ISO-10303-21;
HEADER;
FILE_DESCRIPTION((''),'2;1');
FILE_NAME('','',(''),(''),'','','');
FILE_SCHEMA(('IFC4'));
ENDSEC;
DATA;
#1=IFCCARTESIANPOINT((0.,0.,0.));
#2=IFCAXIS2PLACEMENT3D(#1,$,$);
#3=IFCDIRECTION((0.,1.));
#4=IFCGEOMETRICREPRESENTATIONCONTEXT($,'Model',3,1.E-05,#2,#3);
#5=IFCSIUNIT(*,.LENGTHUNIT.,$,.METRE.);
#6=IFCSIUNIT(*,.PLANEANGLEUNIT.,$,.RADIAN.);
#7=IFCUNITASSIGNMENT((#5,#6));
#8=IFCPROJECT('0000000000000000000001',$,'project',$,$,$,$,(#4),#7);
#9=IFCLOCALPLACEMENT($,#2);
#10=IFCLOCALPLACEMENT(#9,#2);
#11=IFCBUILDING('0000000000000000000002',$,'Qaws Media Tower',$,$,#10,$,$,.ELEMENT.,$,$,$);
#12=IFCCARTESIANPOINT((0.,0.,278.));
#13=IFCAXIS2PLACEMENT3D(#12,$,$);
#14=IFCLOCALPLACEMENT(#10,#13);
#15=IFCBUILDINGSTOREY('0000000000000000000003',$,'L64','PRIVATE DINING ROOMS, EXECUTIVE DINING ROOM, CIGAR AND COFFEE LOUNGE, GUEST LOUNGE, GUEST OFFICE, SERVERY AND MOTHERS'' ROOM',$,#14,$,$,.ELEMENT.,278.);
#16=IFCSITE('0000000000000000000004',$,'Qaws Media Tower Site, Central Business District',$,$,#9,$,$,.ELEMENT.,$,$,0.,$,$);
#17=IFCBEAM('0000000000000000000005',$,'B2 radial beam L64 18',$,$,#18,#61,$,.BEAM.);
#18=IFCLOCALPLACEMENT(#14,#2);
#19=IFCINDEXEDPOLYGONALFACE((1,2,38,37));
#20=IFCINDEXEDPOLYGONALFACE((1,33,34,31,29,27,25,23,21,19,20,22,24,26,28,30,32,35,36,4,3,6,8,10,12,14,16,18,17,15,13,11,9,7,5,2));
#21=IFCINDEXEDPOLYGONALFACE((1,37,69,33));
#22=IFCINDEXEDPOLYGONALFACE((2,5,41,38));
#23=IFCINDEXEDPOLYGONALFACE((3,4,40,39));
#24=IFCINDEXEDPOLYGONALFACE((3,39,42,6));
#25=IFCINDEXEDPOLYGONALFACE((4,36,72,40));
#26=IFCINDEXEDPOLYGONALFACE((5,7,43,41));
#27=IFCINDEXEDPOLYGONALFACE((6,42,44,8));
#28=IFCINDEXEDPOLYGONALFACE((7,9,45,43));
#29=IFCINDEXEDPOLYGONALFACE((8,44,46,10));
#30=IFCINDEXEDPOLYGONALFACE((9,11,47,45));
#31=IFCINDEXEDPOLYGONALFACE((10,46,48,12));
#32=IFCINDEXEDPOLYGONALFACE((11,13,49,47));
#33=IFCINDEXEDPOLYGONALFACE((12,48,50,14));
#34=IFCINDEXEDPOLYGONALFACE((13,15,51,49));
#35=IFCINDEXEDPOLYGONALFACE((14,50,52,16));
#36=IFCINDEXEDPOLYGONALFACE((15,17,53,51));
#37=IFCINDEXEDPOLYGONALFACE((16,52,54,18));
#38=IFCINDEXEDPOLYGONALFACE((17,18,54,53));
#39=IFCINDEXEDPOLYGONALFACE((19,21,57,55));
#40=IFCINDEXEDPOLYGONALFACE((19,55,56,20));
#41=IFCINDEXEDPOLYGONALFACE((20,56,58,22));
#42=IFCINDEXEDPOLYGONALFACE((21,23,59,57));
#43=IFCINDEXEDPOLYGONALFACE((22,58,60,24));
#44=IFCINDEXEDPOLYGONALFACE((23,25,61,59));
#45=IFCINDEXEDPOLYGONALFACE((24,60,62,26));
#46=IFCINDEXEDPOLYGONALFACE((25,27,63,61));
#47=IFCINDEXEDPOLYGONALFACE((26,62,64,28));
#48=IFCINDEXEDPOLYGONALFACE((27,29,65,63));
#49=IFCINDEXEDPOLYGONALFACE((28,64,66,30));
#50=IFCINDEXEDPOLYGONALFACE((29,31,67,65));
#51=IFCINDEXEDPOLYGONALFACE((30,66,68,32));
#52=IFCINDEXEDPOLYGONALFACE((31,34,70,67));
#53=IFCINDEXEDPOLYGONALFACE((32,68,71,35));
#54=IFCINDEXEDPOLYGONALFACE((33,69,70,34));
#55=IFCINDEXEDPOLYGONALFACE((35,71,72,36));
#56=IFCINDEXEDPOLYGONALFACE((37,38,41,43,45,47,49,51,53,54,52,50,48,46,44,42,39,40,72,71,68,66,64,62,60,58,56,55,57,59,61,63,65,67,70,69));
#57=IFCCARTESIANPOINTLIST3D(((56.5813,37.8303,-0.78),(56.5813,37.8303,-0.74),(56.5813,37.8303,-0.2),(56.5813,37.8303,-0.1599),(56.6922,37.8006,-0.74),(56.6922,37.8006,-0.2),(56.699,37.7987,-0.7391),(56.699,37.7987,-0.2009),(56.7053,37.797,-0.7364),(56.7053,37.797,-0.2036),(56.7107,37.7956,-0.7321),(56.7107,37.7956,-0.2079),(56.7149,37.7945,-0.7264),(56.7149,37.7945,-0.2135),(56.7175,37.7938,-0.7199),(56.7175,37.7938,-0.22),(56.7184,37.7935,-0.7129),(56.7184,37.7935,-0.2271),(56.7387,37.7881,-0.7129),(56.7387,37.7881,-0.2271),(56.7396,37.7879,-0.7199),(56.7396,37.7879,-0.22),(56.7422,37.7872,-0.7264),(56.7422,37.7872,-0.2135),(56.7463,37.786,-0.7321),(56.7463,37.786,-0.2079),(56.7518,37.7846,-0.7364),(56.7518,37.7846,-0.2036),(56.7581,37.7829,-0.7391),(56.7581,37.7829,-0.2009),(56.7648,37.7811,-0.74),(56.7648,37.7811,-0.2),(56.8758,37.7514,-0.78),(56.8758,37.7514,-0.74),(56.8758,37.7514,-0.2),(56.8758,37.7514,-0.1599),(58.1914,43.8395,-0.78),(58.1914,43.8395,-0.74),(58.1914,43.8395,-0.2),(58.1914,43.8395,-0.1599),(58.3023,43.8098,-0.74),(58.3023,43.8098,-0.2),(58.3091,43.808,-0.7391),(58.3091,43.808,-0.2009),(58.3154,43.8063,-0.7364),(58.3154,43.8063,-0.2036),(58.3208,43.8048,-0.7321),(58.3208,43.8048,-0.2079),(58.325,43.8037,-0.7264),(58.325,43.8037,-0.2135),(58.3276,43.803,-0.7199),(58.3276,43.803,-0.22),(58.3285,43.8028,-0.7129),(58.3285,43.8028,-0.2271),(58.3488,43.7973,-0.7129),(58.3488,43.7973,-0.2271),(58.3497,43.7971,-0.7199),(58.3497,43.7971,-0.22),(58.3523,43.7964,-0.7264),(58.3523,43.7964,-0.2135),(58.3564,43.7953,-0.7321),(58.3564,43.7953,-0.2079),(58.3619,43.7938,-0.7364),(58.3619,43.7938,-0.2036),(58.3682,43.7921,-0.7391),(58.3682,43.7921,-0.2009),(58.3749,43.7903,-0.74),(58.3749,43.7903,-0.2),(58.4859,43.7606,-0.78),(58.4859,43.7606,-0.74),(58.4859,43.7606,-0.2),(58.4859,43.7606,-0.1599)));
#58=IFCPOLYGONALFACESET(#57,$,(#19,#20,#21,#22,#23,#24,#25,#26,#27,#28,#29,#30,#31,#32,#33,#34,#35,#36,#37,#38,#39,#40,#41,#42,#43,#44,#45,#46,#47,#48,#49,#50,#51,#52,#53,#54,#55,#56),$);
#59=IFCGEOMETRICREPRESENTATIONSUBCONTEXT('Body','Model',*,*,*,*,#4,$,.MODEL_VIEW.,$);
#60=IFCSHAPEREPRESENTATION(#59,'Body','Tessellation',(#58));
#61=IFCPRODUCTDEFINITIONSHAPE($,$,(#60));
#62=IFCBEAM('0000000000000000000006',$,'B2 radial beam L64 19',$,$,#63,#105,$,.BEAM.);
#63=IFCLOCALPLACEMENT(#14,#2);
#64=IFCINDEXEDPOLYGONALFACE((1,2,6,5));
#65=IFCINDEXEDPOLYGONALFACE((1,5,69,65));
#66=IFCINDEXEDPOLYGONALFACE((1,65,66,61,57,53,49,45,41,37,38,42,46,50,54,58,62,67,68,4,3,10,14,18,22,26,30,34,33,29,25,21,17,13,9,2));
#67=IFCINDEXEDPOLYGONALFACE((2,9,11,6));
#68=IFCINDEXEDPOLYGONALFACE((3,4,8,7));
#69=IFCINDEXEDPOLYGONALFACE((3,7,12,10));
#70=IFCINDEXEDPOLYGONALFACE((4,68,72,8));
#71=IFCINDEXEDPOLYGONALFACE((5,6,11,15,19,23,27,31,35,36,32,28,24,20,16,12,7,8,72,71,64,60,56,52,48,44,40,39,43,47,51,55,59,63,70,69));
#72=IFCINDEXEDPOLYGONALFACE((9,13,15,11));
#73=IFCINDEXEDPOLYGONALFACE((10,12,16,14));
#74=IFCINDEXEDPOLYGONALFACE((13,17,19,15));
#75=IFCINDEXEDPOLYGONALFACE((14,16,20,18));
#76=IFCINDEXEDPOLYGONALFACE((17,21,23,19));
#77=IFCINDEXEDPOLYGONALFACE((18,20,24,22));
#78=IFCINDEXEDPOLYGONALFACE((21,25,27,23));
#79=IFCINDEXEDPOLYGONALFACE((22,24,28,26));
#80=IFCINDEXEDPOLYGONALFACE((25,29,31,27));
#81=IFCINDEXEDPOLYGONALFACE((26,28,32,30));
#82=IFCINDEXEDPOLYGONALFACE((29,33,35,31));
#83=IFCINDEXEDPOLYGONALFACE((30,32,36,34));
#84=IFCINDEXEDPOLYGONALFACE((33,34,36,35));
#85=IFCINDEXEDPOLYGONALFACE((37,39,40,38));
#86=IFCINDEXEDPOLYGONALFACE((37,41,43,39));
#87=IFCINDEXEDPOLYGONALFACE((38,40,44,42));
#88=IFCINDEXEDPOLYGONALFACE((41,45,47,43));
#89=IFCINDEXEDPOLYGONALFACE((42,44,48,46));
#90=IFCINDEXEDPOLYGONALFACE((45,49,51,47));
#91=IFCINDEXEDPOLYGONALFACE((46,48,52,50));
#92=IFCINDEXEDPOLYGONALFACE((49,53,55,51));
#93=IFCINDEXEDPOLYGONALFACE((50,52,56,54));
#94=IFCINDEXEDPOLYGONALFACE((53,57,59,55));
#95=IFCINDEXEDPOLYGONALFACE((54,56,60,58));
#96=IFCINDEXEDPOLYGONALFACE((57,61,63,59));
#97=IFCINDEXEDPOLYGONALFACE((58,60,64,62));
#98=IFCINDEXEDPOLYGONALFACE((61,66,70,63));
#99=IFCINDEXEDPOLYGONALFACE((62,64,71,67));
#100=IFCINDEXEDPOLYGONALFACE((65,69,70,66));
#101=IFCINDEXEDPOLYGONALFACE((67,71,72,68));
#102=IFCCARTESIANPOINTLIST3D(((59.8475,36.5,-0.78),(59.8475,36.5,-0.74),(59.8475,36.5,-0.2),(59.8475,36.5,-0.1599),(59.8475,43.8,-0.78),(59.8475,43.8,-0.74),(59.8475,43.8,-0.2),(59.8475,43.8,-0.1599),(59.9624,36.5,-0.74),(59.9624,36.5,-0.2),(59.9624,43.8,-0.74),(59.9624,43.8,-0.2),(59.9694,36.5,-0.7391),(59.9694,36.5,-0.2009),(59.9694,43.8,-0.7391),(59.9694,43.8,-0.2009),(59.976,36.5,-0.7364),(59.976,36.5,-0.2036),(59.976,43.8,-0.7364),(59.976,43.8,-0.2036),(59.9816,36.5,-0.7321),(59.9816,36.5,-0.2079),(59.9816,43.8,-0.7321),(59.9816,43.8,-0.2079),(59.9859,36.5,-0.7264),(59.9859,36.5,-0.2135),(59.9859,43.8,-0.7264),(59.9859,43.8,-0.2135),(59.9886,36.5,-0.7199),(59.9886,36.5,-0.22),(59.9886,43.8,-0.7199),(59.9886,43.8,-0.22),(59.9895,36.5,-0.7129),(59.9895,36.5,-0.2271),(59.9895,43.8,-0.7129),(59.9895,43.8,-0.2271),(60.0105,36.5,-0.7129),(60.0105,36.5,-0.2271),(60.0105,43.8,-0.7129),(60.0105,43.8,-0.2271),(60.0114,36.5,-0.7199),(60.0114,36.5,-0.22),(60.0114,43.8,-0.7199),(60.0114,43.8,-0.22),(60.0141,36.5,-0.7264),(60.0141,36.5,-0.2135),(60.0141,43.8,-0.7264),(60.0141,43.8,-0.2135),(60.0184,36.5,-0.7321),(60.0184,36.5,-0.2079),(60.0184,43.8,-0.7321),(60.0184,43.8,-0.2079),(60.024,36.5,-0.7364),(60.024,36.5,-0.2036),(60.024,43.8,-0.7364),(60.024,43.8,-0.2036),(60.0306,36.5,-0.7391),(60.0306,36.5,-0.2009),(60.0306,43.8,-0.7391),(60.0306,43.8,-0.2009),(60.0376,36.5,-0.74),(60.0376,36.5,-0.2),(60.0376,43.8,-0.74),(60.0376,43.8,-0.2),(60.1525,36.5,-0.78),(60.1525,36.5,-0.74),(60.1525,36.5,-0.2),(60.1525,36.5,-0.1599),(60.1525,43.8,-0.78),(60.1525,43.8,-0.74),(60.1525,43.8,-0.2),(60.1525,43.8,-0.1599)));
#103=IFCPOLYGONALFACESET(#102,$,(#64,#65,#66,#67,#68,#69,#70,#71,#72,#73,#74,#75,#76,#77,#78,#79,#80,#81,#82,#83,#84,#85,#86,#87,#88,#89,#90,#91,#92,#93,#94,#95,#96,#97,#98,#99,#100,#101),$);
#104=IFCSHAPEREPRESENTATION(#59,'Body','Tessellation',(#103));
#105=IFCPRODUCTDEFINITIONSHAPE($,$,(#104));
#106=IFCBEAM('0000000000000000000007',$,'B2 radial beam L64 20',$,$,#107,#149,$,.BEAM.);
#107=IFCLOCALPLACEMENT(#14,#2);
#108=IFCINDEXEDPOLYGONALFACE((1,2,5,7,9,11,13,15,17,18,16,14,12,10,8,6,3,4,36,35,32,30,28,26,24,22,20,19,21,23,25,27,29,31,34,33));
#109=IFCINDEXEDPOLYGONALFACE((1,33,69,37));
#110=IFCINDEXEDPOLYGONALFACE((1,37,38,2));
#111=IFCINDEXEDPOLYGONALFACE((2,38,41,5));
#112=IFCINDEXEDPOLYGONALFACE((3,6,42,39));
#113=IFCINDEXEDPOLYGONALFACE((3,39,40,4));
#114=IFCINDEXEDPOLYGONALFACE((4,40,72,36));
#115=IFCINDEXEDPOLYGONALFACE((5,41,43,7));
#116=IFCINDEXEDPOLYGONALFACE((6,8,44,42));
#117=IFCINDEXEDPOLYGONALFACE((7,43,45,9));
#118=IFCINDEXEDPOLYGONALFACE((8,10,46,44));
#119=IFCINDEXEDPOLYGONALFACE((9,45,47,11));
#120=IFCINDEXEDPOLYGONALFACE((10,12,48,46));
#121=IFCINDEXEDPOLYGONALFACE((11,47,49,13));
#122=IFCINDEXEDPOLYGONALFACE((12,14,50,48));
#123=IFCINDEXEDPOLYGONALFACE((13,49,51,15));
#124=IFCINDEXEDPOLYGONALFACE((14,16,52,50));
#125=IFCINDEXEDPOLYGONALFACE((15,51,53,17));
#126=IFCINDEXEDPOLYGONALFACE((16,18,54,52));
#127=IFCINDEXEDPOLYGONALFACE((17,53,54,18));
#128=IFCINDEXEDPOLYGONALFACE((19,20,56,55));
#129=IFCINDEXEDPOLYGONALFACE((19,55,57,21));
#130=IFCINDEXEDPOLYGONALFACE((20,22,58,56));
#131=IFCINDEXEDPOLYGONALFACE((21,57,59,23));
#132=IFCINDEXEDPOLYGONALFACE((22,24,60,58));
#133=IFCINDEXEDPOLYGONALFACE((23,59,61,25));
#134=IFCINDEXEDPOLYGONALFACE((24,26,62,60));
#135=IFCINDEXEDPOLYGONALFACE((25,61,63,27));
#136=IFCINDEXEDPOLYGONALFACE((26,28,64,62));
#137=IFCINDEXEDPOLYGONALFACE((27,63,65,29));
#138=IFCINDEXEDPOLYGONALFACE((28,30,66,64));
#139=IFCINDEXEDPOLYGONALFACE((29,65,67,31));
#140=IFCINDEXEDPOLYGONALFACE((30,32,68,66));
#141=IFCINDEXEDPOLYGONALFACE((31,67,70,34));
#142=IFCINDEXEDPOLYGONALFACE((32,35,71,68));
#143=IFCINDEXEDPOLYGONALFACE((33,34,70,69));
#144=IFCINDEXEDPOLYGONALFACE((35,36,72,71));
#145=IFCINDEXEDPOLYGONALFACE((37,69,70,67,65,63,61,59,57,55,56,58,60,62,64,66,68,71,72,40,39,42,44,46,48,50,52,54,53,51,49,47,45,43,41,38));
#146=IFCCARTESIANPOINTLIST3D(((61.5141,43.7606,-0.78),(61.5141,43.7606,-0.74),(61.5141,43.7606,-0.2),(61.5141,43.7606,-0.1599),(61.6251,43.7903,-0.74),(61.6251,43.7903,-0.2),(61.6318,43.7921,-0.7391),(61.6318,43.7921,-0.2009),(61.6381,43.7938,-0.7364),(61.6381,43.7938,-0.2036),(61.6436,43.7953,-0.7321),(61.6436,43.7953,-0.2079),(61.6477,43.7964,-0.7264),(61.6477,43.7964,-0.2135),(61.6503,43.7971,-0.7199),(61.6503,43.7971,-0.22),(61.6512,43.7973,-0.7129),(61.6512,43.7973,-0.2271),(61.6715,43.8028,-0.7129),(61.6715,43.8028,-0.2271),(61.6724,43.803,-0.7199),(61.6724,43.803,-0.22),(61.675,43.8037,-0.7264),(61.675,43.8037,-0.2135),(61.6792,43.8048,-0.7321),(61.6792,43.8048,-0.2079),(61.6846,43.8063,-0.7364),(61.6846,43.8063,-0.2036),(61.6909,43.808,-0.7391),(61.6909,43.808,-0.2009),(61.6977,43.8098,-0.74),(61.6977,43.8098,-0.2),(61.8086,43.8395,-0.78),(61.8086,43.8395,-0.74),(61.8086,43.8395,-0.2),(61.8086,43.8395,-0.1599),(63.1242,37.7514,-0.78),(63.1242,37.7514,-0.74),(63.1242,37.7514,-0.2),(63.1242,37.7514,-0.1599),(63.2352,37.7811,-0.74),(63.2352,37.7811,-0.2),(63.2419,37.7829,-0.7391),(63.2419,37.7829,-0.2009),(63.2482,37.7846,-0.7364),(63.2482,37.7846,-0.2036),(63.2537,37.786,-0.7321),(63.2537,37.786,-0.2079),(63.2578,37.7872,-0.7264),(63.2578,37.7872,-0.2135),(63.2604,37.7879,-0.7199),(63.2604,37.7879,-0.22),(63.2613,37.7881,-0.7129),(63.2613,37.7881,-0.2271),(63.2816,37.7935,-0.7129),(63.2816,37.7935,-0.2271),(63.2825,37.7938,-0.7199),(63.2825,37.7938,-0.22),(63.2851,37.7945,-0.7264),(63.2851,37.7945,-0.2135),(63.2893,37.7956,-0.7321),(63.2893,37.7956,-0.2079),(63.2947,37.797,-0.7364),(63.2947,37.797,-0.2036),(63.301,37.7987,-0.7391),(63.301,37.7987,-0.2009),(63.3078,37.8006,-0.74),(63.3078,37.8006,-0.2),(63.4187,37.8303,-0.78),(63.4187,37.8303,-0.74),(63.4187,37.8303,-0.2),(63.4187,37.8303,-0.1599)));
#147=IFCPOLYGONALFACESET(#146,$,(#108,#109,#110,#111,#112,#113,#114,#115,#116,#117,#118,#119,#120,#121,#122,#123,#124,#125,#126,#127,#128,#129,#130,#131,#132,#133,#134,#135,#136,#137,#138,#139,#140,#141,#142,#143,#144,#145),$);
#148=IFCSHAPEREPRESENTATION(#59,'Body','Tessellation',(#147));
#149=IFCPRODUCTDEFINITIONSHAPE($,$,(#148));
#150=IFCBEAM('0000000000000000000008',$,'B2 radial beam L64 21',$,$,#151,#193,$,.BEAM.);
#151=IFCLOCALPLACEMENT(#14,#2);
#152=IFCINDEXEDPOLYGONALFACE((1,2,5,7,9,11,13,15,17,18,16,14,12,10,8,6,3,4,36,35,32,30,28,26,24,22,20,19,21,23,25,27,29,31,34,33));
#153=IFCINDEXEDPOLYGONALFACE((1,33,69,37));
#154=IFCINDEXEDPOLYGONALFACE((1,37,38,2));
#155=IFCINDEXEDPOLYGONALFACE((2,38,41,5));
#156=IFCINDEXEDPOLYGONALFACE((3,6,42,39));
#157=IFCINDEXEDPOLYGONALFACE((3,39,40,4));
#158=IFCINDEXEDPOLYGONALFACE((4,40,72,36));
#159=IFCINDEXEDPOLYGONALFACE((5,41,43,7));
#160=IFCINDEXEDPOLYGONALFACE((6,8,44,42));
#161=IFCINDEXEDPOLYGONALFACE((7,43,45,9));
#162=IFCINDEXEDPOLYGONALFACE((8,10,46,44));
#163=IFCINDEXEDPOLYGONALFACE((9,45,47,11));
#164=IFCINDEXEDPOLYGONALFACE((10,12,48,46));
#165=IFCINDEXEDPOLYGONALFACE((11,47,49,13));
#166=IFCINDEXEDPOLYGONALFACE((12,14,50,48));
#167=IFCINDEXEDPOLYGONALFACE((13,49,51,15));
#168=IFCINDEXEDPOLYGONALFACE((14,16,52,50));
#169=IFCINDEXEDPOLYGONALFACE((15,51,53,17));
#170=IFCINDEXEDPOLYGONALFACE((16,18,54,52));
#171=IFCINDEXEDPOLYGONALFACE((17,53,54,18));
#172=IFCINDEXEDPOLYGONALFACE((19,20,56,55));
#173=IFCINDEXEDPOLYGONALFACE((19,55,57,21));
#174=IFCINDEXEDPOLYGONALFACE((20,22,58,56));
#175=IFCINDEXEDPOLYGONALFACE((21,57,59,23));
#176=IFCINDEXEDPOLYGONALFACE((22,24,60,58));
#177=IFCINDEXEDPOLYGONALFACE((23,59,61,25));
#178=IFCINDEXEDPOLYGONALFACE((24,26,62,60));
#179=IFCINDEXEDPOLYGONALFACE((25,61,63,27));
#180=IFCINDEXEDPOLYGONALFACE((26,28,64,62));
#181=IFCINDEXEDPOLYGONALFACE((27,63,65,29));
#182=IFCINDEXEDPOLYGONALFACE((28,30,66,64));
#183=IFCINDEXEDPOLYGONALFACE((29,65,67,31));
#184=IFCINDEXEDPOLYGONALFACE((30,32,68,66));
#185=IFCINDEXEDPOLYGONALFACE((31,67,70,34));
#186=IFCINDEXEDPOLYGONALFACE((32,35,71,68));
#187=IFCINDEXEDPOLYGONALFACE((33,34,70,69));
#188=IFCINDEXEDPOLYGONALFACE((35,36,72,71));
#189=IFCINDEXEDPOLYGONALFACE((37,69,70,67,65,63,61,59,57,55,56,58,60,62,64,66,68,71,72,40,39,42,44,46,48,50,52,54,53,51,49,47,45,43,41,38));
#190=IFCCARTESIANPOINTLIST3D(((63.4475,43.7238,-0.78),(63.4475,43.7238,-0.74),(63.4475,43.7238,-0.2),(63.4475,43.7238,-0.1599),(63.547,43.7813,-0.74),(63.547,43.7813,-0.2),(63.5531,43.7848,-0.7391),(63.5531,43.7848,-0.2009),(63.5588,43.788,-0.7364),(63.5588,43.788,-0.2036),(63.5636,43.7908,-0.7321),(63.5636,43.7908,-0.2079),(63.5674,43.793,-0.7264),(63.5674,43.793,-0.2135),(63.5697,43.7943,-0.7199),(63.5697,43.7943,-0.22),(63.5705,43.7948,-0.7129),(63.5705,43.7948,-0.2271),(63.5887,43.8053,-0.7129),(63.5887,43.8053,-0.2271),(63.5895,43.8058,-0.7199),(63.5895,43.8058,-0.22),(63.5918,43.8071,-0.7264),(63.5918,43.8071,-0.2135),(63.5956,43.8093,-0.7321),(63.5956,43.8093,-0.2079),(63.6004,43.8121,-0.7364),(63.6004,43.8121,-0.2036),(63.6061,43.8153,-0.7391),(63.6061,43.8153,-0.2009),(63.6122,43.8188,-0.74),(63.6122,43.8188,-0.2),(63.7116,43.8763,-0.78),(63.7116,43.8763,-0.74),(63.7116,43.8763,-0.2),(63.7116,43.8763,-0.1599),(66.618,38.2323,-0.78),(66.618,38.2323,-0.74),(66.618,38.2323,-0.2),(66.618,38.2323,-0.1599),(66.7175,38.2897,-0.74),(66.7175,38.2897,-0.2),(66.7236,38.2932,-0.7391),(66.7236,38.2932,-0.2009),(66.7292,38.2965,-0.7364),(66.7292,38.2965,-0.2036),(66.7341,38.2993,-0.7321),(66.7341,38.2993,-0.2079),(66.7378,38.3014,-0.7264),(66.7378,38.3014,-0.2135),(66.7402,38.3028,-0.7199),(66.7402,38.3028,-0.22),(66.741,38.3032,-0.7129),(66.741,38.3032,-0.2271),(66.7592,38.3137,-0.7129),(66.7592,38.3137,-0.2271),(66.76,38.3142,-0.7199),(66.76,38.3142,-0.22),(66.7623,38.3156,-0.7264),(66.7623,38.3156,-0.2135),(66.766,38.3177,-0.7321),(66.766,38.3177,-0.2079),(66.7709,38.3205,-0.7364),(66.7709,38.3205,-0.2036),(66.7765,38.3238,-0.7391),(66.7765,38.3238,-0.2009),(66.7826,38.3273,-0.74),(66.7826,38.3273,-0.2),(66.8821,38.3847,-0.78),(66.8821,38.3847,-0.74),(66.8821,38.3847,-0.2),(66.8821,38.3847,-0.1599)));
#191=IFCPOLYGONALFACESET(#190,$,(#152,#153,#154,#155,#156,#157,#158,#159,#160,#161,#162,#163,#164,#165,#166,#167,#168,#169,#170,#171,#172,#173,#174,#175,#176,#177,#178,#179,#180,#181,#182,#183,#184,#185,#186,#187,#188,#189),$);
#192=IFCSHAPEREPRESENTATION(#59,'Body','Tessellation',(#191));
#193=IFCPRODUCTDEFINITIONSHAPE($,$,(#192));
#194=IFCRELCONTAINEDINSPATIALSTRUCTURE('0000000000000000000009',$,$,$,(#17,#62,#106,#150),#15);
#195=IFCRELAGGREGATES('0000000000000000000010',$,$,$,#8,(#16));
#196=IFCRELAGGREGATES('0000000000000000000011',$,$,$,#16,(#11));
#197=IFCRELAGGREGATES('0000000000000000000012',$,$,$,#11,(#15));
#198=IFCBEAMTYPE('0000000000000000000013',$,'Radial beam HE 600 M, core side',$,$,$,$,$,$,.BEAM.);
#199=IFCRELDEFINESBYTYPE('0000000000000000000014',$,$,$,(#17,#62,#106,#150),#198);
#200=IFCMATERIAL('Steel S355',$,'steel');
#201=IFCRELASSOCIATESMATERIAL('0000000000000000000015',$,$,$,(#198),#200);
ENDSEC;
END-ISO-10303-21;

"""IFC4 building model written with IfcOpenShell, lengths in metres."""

from ifc_helpers import new_model, si_unit, direction, frame, origin, origin_2d, place, context, subcontext, project, spatial, i_section, extrude, material, material_profile, profile_set, type_object, element, save


model = new_model("IFC4")

# Units and contexts
model_context = context("Model", 3, precision=1e-05, world=origin(), true_north=direction((0.0, 1.0)))
body_context = subcontext(model_context, "Body", "Model", "MODEL_VIEW")
ifc_project = project(units=[si_unit("LENGTHUNIT", "METRE"), si_unit("PLANEANGLEUNIT", "RADIAN")], contexts=[model_context])

# Site, building, storey
site_placement = place(None, origin())
site = spatial("IfcSite", under=ifc_project, at=site_placement, Name="Qaws Media Tower Site, Central Business District", CompositionType="ELEMENT", RefElevation=0.0)
building_placement = place(site_placement, origin())
building = spatial("IfcBuilding", under=site, at=building_placement, Name="Qaws Media Tower", CompositionType="ELEMENT")
storey_placement = place(building_placement, frame((0.0, 0.0, 278.0)))
storey = spatial("IfcBuildingStorey", under=building, at=storey_placement, Name="L64", Description="PRIVATE DINING ROOMS, EXECUTIVE DINING ROOM, CIGAR AND COFFEE LOUNGE, GUEST LOUNGE, GUEST OFFICE, SERVERY AND MOTHERS' ROOM", CompositionType="ELEMENT", Elevation=278.0)

# Beams
ifc_material_1 = material(Name="Steel S355", Category="steel")
ifc_material_profile_1 = material_profile(ifc_material_1, i_section(OverallWidth=0.3049, OverallDepth=0.6201, WebThickness=0.021, FlangeThickness=0.04, FilletRadius=0.0271, at=origin_2d()), Name="HE 600 M")
ifc_profile_set_1 = profile_set([ifc_material_profile_1], Name="Steel S355")
beam_type_1 = type_object("IfcBeamType", Name="Radial beam HE 600 M, core side", PredefinedType="BEAM", material=ifc_profile_set_1)
beam_1_placement = place(storey_placement, frame((58.3386, 43.8, -0.47), z_axis=(-0.258808, -0.965929, 0.0), x_axis=(0.965929, -0.258808, 0.0)))
element("IfcBeam", 1, at=beam_1_placement, inside=storey, type_object=beam_type_1, Name="B2 radial beam L64 18", PredefinedType="BEAM", context=body_context, shape_type="SweptSolid", body=[
    extrude(i_section(OverallWidth=0.3049, OverallDepth=0.6201, WebThickness=0.021, FlangeThickness=0.04, FilletRadius=0.0271, at=origin_2d()), origin(), (0.0, 0.0, 1.0), 6.2212),
])
beam_2_placement = place(storey_placement, frame((60.0, 43.8, -0.47), z_axis=(0.0, -1.0, 0.0), x_axis=(1.0, 0.0, 0.0)))
element("IfcBeam", 2, at=beam_2_placement, inside=storey, type_object=beam_type_1, Name="B2 radial beam L64 19", PredefinedType="BEAM", context=body_context, shape_type="SweptSolid", body=[
    extrude(i_section(OverallWidth=0.3049, OverallDepth=0.6201, WebThickness=0.021, FlangeThickness=0.04, FilletRadius=0.0271, at=origin_2d()), origin(), (0.0, 0.0, 1.0), 7.3),
])
beam_3_placement = place(storey_placement, frame((61.6614, 43.8, -0.47), z_axis=(0.258808, -0.965929, 0.0), x_axis=(0.965929, 0.258808, 0.0)))
element("IfcBeam", 3, at=beam_3_placement, inside=storey, type_object=beam_type_1, Name="B2 radial beam L64 20", PredefinedType="BEAM", context=body_context, shape_type="SweptSolid", body=[
    extrude(i_section(OverallWidth=0.3049, OverallDepth=0.6201, WebThickness=0.021, FlangeThickness=0.04, FilletRadius=0.0271, at=origin_2d()), origin(), (0.0, 0.0, 1.0), 6.2212),
])
beam_4_placement = place(storey_placement, frame((63.5796, 43.8, -0.47), z_axis=(0.49999, -0.866031, 0.0), x_axis=(0.866031, 0.49999, 0.0)))
element("IfcBeam", 4, at=beam_4_placement, inside=storey, type_object=beam_type_1, Name="B2 radial beam L64 21", PredefinedType="BEAM", context=body_context, shape_type="SweptSolid", body=[
    extrude(i_section(OverallWidth=0.3049, OverallDepth=0.6201, WebThickness=0.021, FlangeThickness=0.04, FilletRadius=0.0271, at=origin_2d()), origin(), (0.0, 0.0, 1.0), 6.3411),
])

save(model, "model.ifc")
